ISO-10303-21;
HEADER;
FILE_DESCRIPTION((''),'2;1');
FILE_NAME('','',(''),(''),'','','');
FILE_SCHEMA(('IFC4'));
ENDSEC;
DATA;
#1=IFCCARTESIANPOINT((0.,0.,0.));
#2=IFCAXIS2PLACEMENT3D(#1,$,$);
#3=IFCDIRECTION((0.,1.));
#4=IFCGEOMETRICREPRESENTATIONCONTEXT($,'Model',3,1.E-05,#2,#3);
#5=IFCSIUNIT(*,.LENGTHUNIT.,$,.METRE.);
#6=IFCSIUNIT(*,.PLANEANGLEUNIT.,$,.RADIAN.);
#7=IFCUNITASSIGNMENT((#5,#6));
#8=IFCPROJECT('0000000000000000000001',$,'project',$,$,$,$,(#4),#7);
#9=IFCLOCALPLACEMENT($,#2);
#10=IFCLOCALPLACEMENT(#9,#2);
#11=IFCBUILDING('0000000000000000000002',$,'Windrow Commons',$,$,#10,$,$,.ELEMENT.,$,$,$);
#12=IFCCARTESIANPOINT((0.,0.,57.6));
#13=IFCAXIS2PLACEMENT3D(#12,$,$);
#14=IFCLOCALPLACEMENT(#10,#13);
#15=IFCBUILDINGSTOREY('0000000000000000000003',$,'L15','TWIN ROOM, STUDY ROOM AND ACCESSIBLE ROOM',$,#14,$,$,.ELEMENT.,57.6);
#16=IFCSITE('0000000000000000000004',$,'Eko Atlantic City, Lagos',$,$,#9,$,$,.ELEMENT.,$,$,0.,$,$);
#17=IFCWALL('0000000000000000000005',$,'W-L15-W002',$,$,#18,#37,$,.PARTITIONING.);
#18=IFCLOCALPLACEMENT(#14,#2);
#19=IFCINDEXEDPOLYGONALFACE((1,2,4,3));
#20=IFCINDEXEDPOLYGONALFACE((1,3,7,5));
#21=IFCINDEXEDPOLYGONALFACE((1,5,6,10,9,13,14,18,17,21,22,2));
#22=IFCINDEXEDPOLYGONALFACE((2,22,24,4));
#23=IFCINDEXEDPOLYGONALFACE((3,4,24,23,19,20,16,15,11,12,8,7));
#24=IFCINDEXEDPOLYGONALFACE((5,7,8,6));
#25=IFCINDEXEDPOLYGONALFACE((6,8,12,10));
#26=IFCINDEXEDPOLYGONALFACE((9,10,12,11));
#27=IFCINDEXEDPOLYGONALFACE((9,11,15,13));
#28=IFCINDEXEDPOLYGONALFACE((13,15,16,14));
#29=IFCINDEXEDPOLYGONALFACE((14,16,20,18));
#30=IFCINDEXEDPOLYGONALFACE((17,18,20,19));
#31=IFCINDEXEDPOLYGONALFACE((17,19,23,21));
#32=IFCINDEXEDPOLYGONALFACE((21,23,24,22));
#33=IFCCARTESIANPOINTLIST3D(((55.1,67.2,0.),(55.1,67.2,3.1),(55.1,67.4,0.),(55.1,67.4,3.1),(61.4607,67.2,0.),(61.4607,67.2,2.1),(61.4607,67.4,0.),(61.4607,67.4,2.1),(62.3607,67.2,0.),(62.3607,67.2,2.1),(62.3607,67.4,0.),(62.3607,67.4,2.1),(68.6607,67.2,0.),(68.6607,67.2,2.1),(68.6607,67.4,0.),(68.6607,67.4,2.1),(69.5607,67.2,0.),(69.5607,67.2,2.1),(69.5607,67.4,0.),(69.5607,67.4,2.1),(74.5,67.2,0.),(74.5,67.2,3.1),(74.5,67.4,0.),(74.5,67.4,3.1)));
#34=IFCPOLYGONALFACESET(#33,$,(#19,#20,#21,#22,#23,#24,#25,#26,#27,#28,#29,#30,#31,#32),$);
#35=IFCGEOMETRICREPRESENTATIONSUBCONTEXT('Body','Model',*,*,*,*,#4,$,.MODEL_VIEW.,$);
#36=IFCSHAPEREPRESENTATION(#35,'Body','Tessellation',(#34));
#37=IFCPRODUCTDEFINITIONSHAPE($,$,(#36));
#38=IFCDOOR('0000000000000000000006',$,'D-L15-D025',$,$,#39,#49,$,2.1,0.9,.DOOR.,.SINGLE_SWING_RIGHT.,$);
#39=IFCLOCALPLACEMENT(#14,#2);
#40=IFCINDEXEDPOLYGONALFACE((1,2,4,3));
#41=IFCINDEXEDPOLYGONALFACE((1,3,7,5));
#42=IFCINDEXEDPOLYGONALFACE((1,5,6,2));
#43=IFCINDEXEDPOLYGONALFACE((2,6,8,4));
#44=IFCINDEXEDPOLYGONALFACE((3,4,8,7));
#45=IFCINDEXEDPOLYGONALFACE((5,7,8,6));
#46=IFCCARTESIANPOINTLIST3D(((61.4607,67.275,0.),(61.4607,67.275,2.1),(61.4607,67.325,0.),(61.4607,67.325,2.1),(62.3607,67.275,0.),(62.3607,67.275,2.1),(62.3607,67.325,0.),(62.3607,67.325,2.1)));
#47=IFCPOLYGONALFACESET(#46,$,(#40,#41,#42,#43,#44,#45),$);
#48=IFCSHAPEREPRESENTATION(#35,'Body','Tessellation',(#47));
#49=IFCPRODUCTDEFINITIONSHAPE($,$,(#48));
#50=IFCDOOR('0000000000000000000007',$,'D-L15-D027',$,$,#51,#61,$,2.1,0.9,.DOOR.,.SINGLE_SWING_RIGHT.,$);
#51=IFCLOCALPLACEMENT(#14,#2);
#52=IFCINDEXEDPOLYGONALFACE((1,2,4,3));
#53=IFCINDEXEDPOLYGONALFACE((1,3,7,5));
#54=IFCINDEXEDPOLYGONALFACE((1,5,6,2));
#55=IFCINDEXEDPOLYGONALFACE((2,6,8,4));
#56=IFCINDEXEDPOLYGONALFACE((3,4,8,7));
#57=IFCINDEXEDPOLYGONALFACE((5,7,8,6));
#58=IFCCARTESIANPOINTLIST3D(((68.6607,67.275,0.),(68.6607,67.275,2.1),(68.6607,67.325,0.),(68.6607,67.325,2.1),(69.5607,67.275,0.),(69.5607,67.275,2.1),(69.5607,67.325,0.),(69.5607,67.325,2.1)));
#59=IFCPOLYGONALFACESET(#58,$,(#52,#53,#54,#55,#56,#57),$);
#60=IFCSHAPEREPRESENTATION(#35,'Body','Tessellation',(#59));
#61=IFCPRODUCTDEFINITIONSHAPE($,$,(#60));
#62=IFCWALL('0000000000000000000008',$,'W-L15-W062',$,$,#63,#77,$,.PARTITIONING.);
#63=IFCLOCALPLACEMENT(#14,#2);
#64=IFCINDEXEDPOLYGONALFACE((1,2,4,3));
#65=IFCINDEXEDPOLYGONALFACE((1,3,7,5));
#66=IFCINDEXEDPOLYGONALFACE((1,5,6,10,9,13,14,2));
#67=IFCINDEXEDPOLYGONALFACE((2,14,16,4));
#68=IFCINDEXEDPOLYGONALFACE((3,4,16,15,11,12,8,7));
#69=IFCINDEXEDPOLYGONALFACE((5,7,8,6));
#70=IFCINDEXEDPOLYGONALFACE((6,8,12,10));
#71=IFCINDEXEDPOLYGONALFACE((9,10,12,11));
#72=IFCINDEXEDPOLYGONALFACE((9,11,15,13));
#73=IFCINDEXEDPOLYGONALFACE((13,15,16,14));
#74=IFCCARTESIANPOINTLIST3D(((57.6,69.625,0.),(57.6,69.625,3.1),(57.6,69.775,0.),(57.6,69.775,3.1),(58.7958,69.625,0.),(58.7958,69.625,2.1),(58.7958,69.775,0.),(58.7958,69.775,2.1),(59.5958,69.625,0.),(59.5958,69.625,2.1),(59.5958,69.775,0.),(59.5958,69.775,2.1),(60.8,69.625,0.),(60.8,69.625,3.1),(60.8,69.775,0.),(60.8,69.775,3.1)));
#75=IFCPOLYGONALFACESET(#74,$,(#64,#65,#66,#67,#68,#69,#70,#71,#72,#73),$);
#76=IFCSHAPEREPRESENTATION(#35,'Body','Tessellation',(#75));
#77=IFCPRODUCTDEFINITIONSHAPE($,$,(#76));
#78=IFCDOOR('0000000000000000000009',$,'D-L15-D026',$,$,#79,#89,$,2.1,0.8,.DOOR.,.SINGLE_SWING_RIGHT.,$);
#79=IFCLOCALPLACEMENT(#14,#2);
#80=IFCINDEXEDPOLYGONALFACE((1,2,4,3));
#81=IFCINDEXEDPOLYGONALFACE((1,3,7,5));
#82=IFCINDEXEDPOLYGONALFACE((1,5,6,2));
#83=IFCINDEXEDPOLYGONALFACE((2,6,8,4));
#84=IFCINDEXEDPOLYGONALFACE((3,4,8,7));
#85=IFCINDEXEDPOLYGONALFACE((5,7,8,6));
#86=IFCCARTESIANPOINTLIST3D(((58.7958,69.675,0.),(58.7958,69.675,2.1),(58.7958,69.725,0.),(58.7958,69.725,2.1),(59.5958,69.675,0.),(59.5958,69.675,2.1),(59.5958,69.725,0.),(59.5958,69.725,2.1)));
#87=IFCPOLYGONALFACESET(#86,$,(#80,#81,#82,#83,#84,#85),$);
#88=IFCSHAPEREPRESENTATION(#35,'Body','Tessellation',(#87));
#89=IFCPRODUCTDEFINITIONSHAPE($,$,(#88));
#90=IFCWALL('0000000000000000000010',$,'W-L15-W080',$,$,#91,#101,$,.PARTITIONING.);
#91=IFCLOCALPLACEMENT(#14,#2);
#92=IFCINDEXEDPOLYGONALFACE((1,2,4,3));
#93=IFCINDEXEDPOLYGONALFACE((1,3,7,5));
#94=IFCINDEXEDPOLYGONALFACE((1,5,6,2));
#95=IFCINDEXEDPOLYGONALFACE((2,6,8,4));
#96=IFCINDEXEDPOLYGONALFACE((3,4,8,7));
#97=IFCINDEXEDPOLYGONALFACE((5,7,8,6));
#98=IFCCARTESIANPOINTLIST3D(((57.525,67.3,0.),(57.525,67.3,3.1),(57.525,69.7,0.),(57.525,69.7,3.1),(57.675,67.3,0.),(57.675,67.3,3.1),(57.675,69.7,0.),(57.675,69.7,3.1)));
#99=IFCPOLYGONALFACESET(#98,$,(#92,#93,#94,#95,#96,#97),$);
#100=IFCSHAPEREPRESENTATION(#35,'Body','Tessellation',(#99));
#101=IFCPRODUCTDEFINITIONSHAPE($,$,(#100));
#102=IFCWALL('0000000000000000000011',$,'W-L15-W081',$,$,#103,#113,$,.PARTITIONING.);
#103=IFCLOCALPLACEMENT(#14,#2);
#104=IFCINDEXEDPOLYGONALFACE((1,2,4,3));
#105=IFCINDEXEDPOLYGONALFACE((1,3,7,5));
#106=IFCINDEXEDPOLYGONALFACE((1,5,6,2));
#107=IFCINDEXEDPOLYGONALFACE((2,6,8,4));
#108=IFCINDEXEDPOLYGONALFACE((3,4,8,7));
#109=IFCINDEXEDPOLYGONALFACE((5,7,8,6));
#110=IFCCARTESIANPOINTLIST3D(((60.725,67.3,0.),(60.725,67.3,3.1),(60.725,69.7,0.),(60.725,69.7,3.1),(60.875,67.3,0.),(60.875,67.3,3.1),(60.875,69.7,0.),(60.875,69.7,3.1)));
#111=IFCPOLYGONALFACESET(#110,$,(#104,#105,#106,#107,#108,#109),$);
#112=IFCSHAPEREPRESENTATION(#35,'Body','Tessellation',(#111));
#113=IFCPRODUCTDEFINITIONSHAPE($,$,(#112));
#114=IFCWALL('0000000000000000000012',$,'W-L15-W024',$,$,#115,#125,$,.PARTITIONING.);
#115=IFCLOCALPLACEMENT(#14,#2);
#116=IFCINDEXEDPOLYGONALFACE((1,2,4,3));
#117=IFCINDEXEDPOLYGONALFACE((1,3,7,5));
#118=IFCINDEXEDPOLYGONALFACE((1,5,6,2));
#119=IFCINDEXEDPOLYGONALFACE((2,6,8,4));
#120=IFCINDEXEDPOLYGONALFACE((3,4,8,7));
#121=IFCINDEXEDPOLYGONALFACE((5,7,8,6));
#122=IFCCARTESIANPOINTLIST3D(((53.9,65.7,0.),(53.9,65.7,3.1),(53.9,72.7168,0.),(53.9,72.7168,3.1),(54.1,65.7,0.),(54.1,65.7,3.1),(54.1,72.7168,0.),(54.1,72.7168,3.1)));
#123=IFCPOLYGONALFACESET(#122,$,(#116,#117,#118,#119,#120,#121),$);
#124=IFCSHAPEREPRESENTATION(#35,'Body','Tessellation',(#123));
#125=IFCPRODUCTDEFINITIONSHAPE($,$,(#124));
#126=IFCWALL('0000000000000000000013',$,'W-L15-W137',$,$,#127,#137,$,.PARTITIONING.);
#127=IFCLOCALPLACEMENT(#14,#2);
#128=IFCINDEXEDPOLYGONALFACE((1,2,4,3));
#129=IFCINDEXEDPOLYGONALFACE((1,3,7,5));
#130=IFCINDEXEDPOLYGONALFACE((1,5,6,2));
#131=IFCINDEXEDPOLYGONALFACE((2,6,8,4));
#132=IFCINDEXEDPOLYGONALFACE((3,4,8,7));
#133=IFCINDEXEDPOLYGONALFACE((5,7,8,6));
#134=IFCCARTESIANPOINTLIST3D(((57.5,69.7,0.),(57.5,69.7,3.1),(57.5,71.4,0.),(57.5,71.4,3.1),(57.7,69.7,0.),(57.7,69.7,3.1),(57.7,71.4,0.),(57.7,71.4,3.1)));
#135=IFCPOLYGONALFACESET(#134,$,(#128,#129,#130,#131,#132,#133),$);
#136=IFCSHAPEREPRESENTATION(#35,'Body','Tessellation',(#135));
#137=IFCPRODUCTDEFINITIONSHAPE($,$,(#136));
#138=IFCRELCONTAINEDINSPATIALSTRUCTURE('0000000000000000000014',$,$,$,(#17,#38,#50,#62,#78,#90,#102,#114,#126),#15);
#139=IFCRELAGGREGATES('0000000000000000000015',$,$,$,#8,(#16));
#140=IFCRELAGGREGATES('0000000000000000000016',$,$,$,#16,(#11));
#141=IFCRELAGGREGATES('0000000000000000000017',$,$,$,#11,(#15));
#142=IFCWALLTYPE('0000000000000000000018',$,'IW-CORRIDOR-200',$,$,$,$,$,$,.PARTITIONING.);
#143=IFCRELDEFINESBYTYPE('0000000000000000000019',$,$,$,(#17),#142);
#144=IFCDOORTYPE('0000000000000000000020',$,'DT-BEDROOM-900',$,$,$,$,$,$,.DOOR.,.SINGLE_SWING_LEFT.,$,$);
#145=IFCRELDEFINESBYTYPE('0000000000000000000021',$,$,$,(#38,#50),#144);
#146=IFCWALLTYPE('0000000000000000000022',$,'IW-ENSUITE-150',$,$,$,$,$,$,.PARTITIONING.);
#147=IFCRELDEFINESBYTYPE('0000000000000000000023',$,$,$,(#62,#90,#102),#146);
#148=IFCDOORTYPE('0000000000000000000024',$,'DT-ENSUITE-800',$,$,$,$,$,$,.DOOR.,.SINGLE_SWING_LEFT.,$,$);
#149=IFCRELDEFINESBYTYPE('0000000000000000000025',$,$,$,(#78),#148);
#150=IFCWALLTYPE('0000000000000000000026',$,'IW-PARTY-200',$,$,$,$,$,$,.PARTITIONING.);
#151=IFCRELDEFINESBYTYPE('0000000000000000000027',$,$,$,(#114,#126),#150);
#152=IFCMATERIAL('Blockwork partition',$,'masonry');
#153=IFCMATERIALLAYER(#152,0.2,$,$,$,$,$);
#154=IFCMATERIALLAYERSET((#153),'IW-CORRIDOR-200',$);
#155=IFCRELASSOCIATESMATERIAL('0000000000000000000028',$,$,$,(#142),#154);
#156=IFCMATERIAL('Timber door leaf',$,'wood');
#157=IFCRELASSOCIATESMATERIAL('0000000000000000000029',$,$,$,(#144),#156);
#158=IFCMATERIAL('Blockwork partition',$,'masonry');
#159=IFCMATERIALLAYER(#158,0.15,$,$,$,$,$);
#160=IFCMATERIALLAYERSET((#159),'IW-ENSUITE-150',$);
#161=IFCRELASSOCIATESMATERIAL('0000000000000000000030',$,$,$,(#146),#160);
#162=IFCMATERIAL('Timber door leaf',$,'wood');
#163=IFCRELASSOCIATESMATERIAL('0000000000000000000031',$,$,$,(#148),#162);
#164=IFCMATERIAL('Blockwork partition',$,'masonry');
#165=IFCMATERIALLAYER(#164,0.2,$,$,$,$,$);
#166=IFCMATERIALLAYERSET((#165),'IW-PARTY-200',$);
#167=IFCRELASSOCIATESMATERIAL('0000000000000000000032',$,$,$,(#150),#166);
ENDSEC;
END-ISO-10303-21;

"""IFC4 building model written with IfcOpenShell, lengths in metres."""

from ifc_helpers import new_model, si_unit, direction, frame, frame_2d, origin, place, context, subcontext, project, spatial, rectangle, extrude, material, layer, layer_set, type_object, element, fill, save


model = new_model("IFC4")

# Units and contexts
model_context = context("Model", 3, precision=1e-05, world=origin(), true_north=direction((0.0, 1.0)))
body_context = subcontext(model_context, "Body", "Model", "MODEL_VIEW")
ifc_project = project(units=[si_unit("LENGTHUNIT", "METRE"), si_unit("PLANEANGLEUNIT", "RADIAN")], contexts=[model_context])

# Site, building, storey
site_placement = place(None, origin())
site = spatial("IfcSite", under=ifc_project, at=site_placement, Name="Eko Atlantic City, Lagos", CompositionType="ELEMENT", RefElevation=0.0)
building_placement = place(site_placement, origin())
building = spatial("IfcBuilding", under=site, at=building_placement, Name="Windrow Commons", CompositionType="ELEMENT")
storey_placement = place(building_placement, frame((0.0, 0.0, 57.6)))
storey = spatial("IfcBuildingStorey", under=building, at=storey_placement, Name="L15", Description="TWIN ROOM, STUDY ROOM AND ACCESSIBLE ROOM", CompositionType="ELEMENT", Elevation=57.6)

# Wall, openings, doors
ifc_material_1 = material(Name="Blockwork partition", Category="masonry")
ifc_layer_1 = layer(ifc_material_1, 0.2)
ifc_layer_set_1 = layer_set([ifc_layer_1], Name="IW-CORRIDOR-200")
wall_type_1 = type_object("IfcWallType", Name="IW-CORRIDOR-200", PredefinedType="PARTITIONING", material=ifc_layer_set_1)
wall_1_placement = place(storey_placement, frame((55.1, 67.3, 0.0), z_axis=(0.0, 0.0, 1.0), x_axis=(1.0, 0.0, 0.0)))
wall_1 = element("IfcWall", 1, at=wall_1_placement, inside=storey, type_object=wall_type_1, Name="W-L15-W002", PredefinedType="PARTITIONING", context=body_context, shape_type="SweptSolid", body=[
    extrude(rectangle(XDim=19.4, YDim=0.2, at=frame_2d((9.7, 0.0))), origin(), (0.0, 0.0, 1.0), 3.1),
])
opening_1_placement = place(wall_1_placement, frame((6.3607, 0.0, 0.0)))
opening_1 = element("IfcOpeningElement", 2, at=opening_1_placement, cuts=wall_1, PredefinedType="OPENING", context=body_context, shape_type="SweptSolid", body=[
    extrude(rectangle(XDim=0.9, YDim=2.1, at=frame_2d((0.45, 1.05))), frame((0.0, 0.11, 0.0), z_axis=(0.0, -1.0, 0.0), x_axis=(1.0, 0.0, 0.0)), (0.0, 0.0, 1.0), 0.22),
])
opening_2_placement = place(wall_1_placement, frame((13.5607, 0.0, 0.0)))
opening_2 = element("IfcOpeningElement", 3, at=opening_2_placement, cuts=wall_1, PredefinedType="OPENING", context=body_context, shape_type="SweptSolid", body=[
    extrude(rectangle(XDim=0.9, YDim=2.1, at=frame_2d((0.45, 1.05))), frame((0.0, 0.11, 0.0), z_axis=(0.0, -1.0, 0.0), x_axis=(1.0, 0.0, 0.0)), (0.0, 0.0, 1.0), 0.22),
])
ifc_material_2 = material(Name="Timber door leaf", Category="wood")
door_type_1 = type_object("IfcDoorType", Name="DT-BEDROOM-900", OperationType="SINGLE_SWING_LEFT", PredefinedType="DOOR", material=ifc_material_2)
door_1_placement = place(opening_1_placement, origin())
door_1 = element("IfcDoor", 4, at=door_1_placement, inside=storey, type_object=door_type_1, Name="D-L15-D025", OperationType="SINGLE_SWING_RIGHT", OverallHeight=2.1, OverallWidth=0.9, PredefinedType="DOOR", context=body_context, shape_type="SweptSolid", body=[
    extrude(rectangle(XDim=0.9, YDim=2.1, at=frame_2d((0.45, 1.05))), frame((0.0, 0.025, 0.0), z_axis=(0.0, -1.0, 0.0), x_axis=(1.0, 0.0, 0.0)), (0.0, 0.0, 1.0), 0.05),
])
fill(opening_1, door_1)
door_2_placement = place(opening_2_placement, origin())
door_2 = element("IfcDoor", 5, at=door_2_placement, inside=storey, type_object=door_type_1, Name="D-L15-D027", OperationType="SINGLE_SWING_RIGHT", OverallHeight=2.1, OverallWidth=0.9, PredefinedType="DOOR", context=body_context, shape_type="SweptSolid", body=[
    extrude(rectangle(XDim=0.9, YDim=2.1, at=frame_2d((0.45, 1.05))), frame((0.0, 0.025, 0.0), z_axis=(0.0, -1.0, 0.0), x_axis=(1.0, 0.0, 0.0)), (0.0, 0.0, 1.0), 0.05),
])
fill(opening_2, door_2)

# Wall, opening, door
ifc_material_3 = material(Name="Blockwork partition", Category="masonry")
ifc_layer_2 = layer(ifc_material_3, 0.15)
ifc_layer_set_2 = layer_set([ifc_layer_2], Name="IW-ENSUITE-150")
wall_type_2 = type_object("IfcWallType", Name="IW-ENSUITE-150", PredefinedType="PARTITIONING", material=ifc_layer_set_2)
wall_2_placement = place(storey_placement, frame((57.6, 69.7, 0.0), z_axis=(0.0, 0.0, 1.0), x_axis=(1.0, 0.0, 0.0)))
wall_2 = element("IfcWall", 6, at=wall_2_placement, inside=storey, type_object=wall_type_2, Name="W-L15-W062", PredefinedType="PARTITIONING", context=body_context, shape_type="SweptSolid", body=[
    extrude(rectangle(XDim=3.2, YDim=0.15, at=frame_2d((1.6, 0.0))), origin(), (0.0, 0.0, 1.0), 3.1),
])
opening_3_placement = place(wall_2_placement, frame((1.1958, 0.0, 0.0)))
opening_3 = element("IfcOpeningElement", 7, at=opening_3_placement, cuts=wall_2, PredefinedType="OPENING", context=body_context, shape_type="SweptSolid", body=[
    extrude(rectangle(XDim=0.8, YDim=2.1, at=frame_2d((0.4, 1.05))), frame((0.0, 0.085, 0.0), z_axis=(0.0, -1.0, 0.0), x_axis=(1.0, 0.0, 0.0)), (0.0, 0.0, 1.0), 0.17),
])
ifc_material_4 = material(Name="Timber door leaf", Category="wood")
door_type_2 = type_object("IfcDoorType", Name="DT-ENSUITE-800", OperationType="SINGLE_SWING_LEFT", PredefinedType="DOOR", material=ifc_material_4)
door_3_placement = place(opening_3_placement, origin())
door_3 = element("IfcDoor", 8, at=door_3_placement, inside=storey, type_object=door_type_2, Name="D-L15-D026", OperationType="SINGLE_SWING_RIGHT", OverallHeight=2.1, OverallWidth=0.8, PredefinedType="DOOR", context=body_context, shape_type="SweptSolid", body=[
    extrude(rectangle(XDim=0.8, YDim=2.1, at=frame_2d((0.4, 1.05))), frame((0.0, 0.025, 0.0), z_axis=(0.0, -1.0, 0.0), x_axis=(1.0, 0.0, 0.0)), (0.0, 0.0, 1.0), 0.05),
])
fill(opening_3, door_3)

# Walls
for number, where, z_axis, x_axis, name in (
    (9, (57.6, 67.3, 0.0), (0.0, 0.0, 1.0), (0.0, 1.0, 0.0), "W-L15-W080"),
    (10, (60.8, 67.3, 0.0), (0.0, 0.0, 1.0), (0.0, 1.0, 0.0), "W-L15-W081"),
):
    element("IfcWall", number, at=place(storey_placement, frame(where, z_axis=z_axis, x_axis=x_axis)), inside=storey, type_object=wall_type_2, Name=name, PredefinedType="PARTITIONING", context=body_context, shape_type="SweptSolid", body=[
        extrude(rectangle(XDim=2.4, YDim=0.15, at=frame_2d((1.2, 0.0))), origin(), (0.0, 0.0, 1.0), 3.1),
    ])
ifc_material_5 = material(Name="Blockwork partition", Category="masonry")
ifc_layer_3 = layer(ifc_material_5, 0.2)
ifc_layer_set_3 = layer_set([ifc_layer_3], Name="IW-PARTY-200")
wall_type_3 = type_object("IfcWallType", Name="IW-PARTY-200", PredefinedType="PARTITIONING", material=ifc_layer_set_3)
wall_3_placement = place(storey_placement, frame((54.0, 65.7, 0.0), z_axis=(0.0, 0.0, 1.0), x_axis=(0.0, 1.0, 0.0)))
element("IfcWall", 11, at=wall_3_placement, inside=storey, type_object=wall_type_3, Name="W-L15-W024", PredefinedType="PARTITIONING", context=body_context, shape_type="SweptSolid", body=[
    extrude(rectangle(XDim=7.0167, YDim=0.2, at=frame_2d((3.5084, 0.0))), origin(), (0.0, 0.0, 1.0), 3.1),
])
wall_4_placement = place(storey_placement, frame((57.6, 69.7, 0.0), z_axis=(0.0, 0.0, 1.0), x_axis=(0.0, 1.0, 0.0)))
element("IfcWall", 12, at=wall_4_placement, inside=storey, type_object=wall_type_3, Name="W-L15-W137", PredefinedType="PARTITIONING", context=body_context, shape_type="SweptSolid", body=[
    extrude(rectangle(XDim=1.7, YDim=0.2, at=frame_2d((0.85, 0.0))), origin(), (0.0, 0.0, 1.0), 3.1),
])

save(model, "model.ifc")
